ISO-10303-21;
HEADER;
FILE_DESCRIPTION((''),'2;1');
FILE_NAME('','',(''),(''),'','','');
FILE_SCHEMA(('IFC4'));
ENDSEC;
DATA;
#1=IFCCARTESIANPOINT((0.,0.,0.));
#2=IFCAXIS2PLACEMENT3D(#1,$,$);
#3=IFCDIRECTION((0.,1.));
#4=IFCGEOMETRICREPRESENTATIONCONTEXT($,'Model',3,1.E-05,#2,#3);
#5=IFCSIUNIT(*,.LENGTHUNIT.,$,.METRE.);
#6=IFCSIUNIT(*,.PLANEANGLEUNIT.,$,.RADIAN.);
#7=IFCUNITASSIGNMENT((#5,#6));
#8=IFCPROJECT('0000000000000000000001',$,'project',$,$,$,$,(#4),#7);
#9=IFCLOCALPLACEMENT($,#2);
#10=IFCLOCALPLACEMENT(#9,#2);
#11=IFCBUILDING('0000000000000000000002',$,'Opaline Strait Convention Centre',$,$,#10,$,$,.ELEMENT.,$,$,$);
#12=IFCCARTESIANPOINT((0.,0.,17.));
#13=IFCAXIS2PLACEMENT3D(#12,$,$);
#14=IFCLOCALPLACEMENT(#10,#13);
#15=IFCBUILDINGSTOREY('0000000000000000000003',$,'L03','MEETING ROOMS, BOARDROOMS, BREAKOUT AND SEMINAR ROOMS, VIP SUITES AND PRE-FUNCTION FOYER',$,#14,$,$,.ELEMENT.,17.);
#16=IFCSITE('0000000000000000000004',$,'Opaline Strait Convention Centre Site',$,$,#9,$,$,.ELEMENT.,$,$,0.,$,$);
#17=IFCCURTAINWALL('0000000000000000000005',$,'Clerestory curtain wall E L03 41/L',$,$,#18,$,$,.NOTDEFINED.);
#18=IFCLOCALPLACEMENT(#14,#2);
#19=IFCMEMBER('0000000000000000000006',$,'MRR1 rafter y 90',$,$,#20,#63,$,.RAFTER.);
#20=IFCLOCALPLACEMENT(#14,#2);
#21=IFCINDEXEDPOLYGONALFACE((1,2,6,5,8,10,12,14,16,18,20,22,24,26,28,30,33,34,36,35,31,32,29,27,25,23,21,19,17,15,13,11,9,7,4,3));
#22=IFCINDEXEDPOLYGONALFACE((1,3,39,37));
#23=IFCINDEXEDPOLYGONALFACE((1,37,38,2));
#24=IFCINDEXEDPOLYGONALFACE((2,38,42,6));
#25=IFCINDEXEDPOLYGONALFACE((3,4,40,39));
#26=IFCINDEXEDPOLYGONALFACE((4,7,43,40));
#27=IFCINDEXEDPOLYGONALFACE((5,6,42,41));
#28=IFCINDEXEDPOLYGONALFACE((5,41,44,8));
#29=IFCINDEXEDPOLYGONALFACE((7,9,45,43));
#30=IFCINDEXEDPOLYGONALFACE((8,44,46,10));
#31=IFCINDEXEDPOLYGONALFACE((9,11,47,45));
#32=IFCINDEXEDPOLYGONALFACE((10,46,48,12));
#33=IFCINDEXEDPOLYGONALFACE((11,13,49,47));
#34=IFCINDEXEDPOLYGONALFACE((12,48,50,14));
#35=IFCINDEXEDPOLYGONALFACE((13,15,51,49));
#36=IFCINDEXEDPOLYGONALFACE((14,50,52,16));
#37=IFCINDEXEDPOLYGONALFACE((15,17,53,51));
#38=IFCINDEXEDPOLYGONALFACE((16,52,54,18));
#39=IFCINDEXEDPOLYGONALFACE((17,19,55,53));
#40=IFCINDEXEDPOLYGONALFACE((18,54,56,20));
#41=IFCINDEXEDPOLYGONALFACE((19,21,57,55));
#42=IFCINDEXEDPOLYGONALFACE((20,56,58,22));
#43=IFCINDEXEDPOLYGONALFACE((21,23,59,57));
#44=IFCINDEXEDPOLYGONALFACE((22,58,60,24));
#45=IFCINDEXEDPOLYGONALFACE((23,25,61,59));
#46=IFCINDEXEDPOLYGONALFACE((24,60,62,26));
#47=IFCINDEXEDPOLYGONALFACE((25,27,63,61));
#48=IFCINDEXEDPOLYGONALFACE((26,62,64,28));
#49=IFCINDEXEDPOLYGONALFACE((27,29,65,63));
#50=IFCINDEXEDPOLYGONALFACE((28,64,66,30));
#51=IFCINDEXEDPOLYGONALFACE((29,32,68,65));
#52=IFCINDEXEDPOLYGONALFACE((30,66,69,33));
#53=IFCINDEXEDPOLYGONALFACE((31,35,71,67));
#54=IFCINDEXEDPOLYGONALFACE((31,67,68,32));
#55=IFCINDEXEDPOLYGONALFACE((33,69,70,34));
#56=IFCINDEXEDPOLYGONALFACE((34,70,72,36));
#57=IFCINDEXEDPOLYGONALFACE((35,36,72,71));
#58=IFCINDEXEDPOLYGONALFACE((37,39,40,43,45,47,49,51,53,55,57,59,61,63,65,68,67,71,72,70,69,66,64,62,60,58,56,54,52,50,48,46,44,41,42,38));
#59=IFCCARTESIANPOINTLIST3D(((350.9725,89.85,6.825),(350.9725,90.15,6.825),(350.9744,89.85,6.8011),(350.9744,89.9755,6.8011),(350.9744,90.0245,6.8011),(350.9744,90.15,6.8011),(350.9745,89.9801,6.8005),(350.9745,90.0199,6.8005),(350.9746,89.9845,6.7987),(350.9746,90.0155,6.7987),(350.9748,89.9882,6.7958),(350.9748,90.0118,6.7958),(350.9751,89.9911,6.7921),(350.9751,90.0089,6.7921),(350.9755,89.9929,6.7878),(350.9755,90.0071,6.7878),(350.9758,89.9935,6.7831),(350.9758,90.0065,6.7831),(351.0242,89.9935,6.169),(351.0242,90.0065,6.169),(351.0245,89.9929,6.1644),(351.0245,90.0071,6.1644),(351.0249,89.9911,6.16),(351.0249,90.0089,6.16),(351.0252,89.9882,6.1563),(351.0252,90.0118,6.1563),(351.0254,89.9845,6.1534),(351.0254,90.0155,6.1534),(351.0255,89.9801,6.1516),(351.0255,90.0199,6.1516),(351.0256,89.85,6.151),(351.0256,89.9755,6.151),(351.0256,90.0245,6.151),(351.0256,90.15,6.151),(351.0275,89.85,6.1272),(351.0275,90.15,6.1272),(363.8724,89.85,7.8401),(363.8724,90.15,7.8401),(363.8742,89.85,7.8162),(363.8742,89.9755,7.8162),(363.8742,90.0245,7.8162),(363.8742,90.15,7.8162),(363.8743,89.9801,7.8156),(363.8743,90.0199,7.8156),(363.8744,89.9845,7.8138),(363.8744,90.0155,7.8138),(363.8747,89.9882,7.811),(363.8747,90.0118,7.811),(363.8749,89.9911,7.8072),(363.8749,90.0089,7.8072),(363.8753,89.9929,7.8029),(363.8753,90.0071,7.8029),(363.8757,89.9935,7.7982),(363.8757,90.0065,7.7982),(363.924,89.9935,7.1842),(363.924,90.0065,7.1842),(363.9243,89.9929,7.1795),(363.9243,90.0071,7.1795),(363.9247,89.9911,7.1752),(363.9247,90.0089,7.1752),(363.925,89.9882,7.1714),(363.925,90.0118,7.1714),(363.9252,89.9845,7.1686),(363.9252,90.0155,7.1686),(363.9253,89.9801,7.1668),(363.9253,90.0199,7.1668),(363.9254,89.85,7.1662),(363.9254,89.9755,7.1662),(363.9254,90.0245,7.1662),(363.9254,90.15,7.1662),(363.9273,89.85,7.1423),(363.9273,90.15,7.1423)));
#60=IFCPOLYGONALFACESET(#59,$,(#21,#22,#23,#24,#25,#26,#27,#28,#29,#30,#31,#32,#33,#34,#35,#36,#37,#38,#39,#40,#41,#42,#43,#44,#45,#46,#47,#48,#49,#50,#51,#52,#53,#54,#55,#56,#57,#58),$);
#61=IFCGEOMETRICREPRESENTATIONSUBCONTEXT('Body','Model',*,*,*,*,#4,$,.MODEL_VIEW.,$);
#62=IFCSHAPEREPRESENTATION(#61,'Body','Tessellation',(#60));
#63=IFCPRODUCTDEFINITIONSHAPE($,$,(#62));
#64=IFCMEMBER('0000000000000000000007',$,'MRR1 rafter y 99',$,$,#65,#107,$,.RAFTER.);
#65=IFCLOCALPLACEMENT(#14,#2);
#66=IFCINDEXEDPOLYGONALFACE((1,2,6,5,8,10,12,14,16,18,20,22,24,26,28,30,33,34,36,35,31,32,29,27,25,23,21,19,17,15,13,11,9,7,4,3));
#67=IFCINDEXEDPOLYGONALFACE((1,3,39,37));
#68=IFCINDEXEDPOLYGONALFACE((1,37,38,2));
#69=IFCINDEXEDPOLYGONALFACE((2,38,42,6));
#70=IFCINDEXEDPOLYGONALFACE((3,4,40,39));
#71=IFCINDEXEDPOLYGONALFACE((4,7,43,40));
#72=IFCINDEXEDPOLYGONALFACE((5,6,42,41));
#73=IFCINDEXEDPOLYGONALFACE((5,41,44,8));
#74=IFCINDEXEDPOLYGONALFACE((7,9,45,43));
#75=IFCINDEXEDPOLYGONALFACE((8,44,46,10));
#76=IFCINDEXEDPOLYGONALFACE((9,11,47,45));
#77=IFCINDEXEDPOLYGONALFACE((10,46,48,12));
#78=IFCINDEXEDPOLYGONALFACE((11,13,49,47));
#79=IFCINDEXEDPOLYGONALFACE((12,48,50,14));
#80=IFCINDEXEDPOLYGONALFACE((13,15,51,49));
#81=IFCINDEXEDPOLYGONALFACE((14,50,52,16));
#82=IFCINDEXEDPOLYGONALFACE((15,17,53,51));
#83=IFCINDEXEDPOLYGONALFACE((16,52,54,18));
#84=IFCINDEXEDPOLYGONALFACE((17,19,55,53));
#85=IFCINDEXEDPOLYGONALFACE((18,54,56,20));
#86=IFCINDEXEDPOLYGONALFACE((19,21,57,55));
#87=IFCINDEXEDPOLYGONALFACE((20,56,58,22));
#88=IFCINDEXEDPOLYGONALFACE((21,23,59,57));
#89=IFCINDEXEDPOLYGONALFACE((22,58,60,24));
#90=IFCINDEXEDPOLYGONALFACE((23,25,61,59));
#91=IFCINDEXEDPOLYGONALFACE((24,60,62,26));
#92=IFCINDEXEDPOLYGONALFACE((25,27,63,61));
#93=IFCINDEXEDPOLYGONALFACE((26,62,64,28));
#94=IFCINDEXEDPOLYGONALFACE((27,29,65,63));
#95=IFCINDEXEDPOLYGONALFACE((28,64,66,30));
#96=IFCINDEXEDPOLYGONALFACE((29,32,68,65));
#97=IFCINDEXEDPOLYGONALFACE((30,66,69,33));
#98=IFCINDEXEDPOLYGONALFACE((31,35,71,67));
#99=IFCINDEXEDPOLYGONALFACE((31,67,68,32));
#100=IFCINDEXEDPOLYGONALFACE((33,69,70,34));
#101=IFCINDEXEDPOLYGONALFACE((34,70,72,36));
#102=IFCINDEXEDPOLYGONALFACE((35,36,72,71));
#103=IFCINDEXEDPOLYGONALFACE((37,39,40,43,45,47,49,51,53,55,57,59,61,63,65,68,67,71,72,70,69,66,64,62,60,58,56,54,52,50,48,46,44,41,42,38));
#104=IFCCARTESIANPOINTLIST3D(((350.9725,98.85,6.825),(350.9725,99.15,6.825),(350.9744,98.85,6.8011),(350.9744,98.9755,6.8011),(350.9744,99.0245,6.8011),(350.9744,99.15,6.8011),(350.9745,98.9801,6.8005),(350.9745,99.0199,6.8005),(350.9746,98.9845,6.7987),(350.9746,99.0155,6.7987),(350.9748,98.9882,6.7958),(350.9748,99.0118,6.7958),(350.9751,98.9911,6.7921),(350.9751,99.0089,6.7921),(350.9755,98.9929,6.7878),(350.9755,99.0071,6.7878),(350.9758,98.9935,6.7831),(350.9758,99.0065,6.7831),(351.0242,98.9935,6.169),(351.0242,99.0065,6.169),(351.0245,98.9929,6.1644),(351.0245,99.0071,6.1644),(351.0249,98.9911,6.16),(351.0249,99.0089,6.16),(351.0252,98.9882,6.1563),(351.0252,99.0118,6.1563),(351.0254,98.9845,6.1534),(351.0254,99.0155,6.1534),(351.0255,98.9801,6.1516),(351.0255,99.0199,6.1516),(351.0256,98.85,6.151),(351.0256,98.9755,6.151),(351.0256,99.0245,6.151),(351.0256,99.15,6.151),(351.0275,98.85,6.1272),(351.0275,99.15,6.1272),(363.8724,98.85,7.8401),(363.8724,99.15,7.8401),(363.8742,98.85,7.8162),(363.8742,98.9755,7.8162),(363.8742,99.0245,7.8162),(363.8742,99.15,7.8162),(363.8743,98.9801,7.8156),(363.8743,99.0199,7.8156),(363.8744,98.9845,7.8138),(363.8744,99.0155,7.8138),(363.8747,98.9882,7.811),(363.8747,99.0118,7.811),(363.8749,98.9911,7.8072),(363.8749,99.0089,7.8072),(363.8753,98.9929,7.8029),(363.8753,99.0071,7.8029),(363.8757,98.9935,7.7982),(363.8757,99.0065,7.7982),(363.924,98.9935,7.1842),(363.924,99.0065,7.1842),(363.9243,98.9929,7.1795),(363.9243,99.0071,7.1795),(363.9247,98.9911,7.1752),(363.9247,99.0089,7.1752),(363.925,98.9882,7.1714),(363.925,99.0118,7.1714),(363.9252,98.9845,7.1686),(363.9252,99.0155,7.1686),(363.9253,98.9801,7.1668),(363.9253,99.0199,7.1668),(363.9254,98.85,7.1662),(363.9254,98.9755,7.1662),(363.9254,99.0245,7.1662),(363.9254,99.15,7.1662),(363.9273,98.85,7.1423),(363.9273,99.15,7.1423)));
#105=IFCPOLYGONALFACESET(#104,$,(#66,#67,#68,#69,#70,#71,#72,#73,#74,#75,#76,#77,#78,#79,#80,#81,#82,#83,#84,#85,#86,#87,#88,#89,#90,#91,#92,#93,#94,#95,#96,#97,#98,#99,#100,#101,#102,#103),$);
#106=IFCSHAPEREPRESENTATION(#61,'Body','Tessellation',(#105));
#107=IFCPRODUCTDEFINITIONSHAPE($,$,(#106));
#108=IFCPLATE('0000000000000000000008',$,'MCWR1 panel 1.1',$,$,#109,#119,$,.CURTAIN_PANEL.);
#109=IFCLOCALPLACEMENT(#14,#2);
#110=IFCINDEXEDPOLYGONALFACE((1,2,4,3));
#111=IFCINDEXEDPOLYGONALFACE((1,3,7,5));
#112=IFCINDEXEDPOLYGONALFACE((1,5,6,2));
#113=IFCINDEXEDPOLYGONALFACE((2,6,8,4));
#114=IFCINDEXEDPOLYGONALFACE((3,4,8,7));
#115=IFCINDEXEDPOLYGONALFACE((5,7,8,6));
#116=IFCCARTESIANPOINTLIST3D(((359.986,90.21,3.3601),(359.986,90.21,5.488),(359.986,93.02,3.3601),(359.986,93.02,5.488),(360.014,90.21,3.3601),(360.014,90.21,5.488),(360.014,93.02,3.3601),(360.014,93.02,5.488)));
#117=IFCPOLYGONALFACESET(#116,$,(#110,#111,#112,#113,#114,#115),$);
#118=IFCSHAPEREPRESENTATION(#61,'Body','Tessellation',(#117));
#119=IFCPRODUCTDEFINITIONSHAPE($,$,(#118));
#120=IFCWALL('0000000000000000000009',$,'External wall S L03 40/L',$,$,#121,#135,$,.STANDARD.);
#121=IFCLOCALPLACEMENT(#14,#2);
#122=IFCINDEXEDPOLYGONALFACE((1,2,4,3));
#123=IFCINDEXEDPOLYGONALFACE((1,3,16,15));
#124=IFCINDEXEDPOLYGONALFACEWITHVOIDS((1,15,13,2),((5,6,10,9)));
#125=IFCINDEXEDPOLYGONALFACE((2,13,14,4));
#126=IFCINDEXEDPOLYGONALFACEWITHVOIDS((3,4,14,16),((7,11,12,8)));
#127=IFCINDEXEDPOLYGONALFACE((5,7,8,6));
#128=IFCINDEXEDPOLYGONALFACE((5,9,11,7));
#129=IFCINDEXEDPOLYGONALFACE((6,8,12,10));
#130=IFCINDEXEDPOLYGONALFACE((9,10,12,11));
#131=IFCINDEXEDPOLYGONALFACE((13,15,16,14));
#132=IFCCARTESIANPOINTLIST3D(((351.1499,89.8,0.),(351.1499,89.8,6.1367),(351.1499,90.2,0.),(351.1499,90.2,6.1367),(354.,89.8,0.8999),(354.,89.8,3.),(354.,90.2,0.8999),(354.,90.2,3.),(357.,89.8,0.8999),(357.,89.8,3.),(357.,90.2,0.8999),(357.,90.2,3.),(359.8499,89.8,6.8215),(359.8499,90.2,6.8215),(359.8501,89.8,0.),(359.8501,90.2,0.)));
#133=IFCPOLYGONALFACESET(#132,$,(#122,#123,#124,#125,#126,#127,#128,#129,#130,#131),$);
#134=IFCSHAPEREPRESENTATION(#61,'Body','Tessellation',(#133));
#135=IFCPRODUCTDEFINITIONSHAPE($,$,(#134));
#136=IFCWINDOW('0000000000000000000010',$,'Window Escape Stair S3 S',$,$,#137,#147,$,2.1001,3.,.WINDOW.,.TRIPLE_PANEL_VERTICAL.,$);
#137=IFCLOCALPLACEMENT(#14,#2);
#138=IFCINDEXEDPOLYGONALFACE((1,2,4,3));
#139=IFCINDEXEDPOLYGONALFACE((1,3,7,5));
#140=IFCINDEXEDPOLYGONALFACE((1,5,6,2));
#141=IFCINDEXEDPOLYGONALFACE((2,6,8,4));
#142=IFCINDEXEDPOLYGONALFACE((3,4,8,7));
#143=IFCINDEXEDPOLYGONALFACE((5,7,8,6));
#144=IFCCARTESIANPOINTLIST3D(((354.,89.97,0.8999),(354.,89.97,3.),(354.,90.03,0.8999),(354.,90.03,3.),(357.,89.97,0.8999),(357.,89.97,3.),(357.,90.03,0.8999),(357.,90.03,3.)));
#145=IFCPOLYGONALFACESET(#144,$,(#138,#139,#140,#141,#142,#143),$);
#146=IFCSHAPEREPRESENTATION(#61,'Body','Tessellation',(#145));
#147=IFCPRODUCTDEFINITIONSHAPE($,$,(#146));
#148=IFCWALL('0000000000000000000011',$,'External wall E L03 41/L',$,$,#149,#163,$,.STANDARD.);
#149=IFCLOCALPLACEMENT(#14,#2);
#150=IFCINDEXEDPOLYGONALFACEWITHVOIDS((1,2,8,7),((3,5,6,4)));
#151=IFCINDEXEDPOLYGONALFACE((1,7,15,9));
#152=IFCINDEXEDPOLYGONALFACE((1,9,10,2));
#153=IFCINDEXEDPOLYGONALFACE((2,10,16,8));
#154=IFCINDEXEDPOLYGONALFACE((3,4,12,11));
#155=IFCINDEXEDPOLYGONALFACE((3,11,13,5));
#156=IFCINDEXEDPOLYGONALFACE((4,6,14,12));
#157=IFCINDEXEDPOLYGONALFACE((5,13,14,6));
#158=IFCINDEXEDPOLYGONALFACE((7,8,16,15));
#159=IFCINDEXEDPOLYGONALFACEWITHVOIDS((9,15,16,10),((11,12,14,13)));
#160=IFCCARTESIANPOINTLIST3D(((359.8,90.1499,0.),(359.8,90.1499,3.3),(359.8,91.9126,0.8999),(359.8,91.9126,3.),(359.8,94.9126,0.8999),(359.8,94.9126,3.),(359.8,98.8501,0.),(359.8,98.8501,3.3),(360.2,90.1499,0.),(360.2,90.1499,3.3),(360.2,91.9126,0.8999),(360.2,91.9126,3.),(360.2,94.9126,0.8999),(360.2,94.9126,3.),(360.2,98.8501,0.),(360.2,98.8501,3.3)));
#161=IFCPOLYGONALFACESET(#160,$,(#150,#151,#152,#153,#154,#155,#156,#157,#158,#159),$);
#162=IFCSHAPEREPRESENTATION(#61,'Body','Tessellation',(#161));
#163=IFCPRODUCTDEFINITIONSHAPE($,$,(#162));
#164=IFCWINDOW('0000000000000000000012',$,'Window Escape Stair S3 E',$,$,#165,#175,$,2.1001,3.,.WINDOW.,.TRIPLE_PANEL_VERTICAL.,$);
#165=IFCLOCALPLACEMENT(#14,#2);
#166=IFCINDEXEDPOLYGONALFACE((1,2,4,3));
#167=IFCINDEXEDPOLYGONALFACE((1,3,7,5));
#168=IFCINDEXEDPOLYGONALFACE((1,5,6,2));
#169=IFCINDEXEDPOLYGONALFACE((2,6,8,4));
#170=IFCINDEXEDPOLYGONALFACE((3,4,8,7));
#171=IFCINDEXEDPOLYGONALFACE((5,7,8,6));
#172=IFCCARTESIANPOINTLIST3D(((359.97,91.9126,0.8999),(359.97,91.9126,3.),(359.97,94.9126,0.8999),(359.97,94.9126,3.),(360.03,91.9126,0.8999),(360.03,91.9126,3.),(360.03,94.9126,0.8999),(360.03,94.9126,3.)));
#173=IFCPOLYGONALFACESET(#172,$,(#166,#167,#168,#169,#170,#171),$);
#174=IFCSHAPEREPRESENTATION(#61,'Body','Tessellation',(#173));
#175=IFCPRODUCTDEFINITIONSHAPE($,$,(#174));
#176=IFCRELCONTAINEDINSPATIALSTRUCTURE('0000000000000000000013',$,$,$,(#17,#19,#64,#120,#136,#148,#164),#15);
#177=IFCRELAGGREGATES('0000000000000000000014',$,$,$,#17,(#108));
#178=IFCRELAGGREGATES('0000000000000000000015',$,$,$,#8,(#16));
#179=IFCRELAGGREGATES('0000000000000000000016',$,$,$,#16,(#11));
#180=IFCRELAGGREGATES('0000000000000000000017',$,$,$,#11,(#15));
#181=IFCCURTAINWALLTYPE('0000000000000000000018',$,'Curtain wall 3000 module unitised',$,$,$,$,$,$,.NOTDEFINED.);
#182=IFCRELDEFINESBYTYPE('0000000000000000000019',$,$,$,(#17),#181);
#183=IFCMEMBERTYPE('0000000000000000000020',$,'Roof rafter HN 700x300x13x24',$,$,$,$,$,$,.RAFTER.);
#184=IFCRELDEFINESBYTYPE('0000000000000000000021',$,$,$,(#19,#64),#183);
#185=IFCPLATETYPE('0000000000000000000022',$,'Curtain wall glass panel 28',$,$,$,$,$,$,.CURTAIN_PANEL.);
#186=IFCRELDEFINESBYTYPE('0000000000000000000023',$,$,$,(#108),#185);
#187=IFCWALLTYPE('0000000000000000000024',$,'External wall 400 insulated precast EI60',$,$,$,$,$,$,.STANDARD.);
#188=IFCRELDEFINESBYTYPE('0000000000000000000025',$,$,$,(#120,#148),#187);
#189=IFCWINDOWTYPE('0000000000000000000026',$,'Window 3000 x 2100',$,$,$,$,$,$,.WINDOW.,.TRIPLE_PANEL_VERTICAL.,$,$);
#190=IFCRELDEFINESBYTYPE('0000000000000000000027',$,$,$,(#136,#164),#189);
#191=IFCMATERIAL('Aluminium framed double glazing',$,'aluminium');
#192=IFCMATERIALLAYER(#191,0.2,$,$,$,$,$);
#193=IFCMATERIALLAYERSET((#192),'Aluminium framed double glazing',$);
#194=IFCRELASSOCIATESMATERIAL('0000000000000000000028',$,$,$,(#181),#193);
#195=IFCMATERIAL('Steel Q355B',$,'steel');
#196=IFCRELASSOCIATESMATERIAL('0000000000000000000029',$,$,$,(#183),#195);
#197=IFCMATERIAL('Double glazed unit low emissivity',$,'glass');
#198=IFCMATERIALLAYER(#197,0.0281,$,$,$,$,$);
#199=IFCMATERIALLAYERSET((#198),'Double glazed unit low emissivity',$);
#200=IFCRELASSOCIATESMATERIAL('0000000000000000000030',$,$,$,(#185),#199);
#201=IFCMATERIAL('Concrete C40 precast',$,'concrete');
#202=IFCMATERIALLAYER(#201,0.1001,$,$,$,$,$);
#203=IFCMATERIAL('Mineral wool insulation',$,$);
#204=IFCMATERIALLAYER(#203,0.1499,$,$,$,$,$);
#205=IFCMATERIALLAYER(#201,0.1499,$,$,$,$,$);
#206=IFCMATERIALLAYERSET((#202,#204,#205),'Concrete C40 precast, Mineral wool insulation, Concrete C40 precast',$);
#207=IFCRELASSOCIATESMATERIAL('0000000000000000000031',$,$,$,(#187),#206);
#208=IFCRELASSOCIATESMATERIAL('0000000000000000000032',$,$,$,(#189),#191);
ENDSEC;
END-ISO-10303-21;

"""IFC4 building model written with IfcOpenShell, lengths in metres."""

from ifc_helpers import new_model, si_unit, direction, frame, frame_2d, origin, origin_2d, place, context, subcontext, project, spatial, polyline, rectangle, i_section, outline, extrude, material, layer, layer_set, material_profile, profile_set, type_object, element, fill, aggregate, save


model = new_model("IFC4")

# Units and contexts
model_context = context("Model", 3, precision=1e-05, world=origin(), true_north=direction((0.0, 1.0)))
body_context = subcontext(model_context, "Body", "Model", "MODEL_VIEW")
ifc_project = project(units=[si_unit("LENGTHUNIT", "METRE"), si_unit("PLANEANGLEUNIT", "RADIAN")], contexts=[model_context])

# Site, building, storey
site_placement = place(None, origin())
site = spatial("IfcSite", under=ifc_project, at=site_placement, Name="Opaline Strait Convention Centre Site", CompositionType="ELEMENT", RefElevation=0.0)
building_placement = place(site_placement, origin())
building = spatial("IfcBuilding", under=site, at=building_placement, Name="Opaline Strait Convention Centre", CompositionType="ELEMENT")
storey_placement = place(building_placement, frame((0.0, 0.0, 17.0)))
storey = spatial("IfcBuildingStorey", under=building, at=storey_placement, Name="L03", Description="MEETING ROOMS, BOARDROOMS, BREAKOUT AND SEMINAR ROOMS, VIP SUITES AND PRE-FUNCTION FOYER", CompositionType="ELEMENT", Elevation=17.0)

# Shared definitions
ifc_material_1 = material(Name="Steel Q355B", Category="steel")

# Curtain wall
ifc_material_2 = material(Name="Aluminium framed double glazing", Category="aluminium")
ifc_layer_1 = layer(ifc_material_2, 0.2)
ifc_layer_set_1 = layer_set([ifc_layer_1], Name="Aluminium framed double glazing")
curtain_wall_type = type_object("IfcCurtainWallType", Name="Curtain wall 3000 module unitised", PredefinedType="NOTDEFINED", material=ifc_layer_set_1)
curtain_wall_placement = place(storey_placement, origin())
curtain_wall = element("IfcCurtainWall", 1, at=curtain_wall_placement, inside=storey, type_object=curtain_wall_type, Name="Clerestory curtain wall E L03 41/L", PredefinedType="NOTDEFINED")

# Members
ifc_material_profile_1 = material_profile(ifc_material_1, i_section(OverallWidth=0.3, OverallDepth=0.7, WebThickness=0.0129, FlangeThickness=0.0239, FilletRadius=0.0181, at=origin_2d()), Name="HN 700x300x13x24")
ifc_profile_set_1 = profile_set([ifc_material_profile_1], Name="Steel Q355B")
member_type_1 = type_object("IfcMemberType", Name="Roof rafter HN 700x300x13x24", PredefinedType="RAFTER", material=ifc_profile_set_1)
for number, where, z_axis, x_axis, name in (
    (2, (351.0, 90.0, 6.4761), (0.996918, 0.0, 0.078451), (0.0, 1.0, 0.0), "MRR1 rafter y 90"),
    (3, (351.0, 99.0, 6.4761), (0.996918, 0.0, 0.078451), (0.0, 1.0, 0.0), "MRR1 rafter y 99"),
):
    element("IfcMember", number, at=place(storey_placement, frame(where, z_axis=z_axis, x_axis=x_axis)), inside=storey, type_object=member_type_1, Name=name, PredefinedType="RAFTER", context=body_context, shape_type="SweptSolid", body=[
        extrude(i_section(OverallWidth=0.3, OverallDepth=0.7, WebThickness=0.0129, FlangeThickness=0.0239, FilletRadius=0.0181, at=origin_2d()), origin(), (0.0, 0.0, 1.0), 12.9397),
    ])

# Plate
ifc_material_3 = material(Name="Double glazed unit low emissivity", Category="glass")
ifc_layer_2 = layer(ifc_material_3, 0.0281)
ifc_layer_set_2 = layer_set([ifc_layer_2], Name="Double glazed unit low emissivity")
plate_type = type_object("IfcPlateType", Name="Curtain wall glass panel 28", PredefinedType="CURTAIN_PANEL", material=ifc_layer_set_2)
plate_placement = place(storey_placement, frame((360.0, 91.615, 3.3601), z_axis=(0.0, 0.0, 1.0), x_axis=(0.0, 1.0, 0.0)))
plate = element("IfcPlate", 4, at=plate_placement, type_object=plate_type, Name="MCWR1 panel 1.1", PredefinedType="CURTAIN_PANEL", context=body_context, shape_type="SweptSolid", body=[
    extrude(rectangle(XDim=2.8101, YDim=0.0281, at=origin_2d()), origin(), (0.0, 0.0, 1.0), 2.1279),
])
aggregate(curtain_wall, [plate])

# Walls, openings, windows
ifc_material_4 = material(Name="Concrete C40 precast", Category="concrete")
ifc_layer_3 = layer(ifc_material_4, 0.1001)
ifc_material_5 = material(Name="Mineral wool insulation")
ifc_layer_4 = layer(ifc_material_5, 0.1499)
ifc_layer_5 = layer(ifc_material_4, 0.1499)
ifc_layer_set_3 = layer_set([ifc_layer_3, ifc_layer_4, ifc_layer_5], Name="Concrete C40 precast, Mineral wool insulation, Concrete C40 precast")
wall_type_1 = type_object("IfcWallType", Name="External wall 400 insulated precast EI60", PredefinedType="STANDARD", material=ifc_layer_set_3)
wall_1_placement = place(storey_placement, frame((351.1499, 90.0, 0.0), z_axis=(0.0, 0.0, 1.0), x_axis=(1.0, 0.0, 0.0)))
wall_1 = element("IfcWall", 5, at=wall_1_placement, inside=storey, type_object=wall_type_1, Name="External wall S L03 40/L", PredefinedType="STANDARD", context=body_context, shape_type="SweptSolid", body=[
    extrude(outline(polyline([(0.0, 0.0), (8.7002, 0.0), (8.7, 6.8215), (0.0, 6.1367), (0.0, 0.0)])), frame((0.0, 0.2, 0.0), z_axis=(0.0, -1.0, 0.0), x_axis=(1.0, 0.0, 0.0)), (0.0, 0.0, 1.0), 0.3999),
])
opening_1_placement = place(wall_1_placement, frame((2.8501, 0.0, 0.8999)))
opening_1 = element("IfcOpeningElement", 6, at=opening_1_placement, cuts=wall_1, PredefinedType="OPENING", context=body_context, shape_type="SweptSolid", body=[
    extrude(rectangle(XDim=3.0, YDim=2.1001, at=frame_2d((1.5, 1.05))), frame((0.0, 0.21, 0.0), z_axis=(0.0, -1.0, 0.0), x_axis=(1.0, 0.0, 0.0)), (0.0, 0.0, 1.0), 0.4199),
])
window_type = type_object("IfcWindowType", Name="Window 3000 x 2100", PartitioningType="TRIPLE_PANEL_VERTICAL", PredefinedType="WINDOW", material=ifc_material_2)
window_1_placement = place(opening_1_placement, origin())
window_1 = element("IfcWindow", 7, at=window_1_placement, inside=storey, type_object=window_type, Name="Window Escape Stair S3 S", OverallHeight=2.1001, OverallWidth=3.0, PartitioningType="TRIPLE_PANEL_VERTICAL", PredefinedType="WINDOW", context=body_context, shape_type="SweptSolid", body=[
    extrude(rectangle(XDim=3.0, YDim=2.1001, at=frame_2d((1.5, 1.05))), frame((0.0, 0.03, 0.0), z_axis=(0.0, -1.0, 0.0), x_axis=(1.0, 0.0, 0.0)), (0.0, 0.0, 1.0), 0.0601),
])
fill(opening_1, window_1)
wall_2_placement = place(storey_placement, frame((360.0, 90.1499, 0.0), z_axis=(0.0, 0.0, 1.0), x_axis=(0.0, 1.0, 0.0)))
wall_2 = element("IfcWall", 8, at=wall_2_placement, inside=storey, type_object=wall_type_1, Name="External wall E L03 41/L", PredefinedType="STANDARD", context=body_context, shape_type="SweptSolid", body=[
    extrude(rectangle(XDim=8.7002, YDim=0.3999, at=frame_2d((4.3501, 0.0))), origin(), (0.0, 0.0, 1.0), 3.3),
])
opening_2_placement = place(wall_2_placement, frame((1.7627, 0.0, 0.8999)))
opening_2 = element("IfcOpeningElement", 9, at=opening_2_placement, cuts=wall_2, PredefinedType="OPENING", context=body_context, shape_type="SweptSolid", body=[
    extrude(rectangle(XDim=3.0, YDim=2.1001, at=frame_2d((1.5, 1.05))), frame((0.0, 0.21, 0.0), z_axis=(0.0, -1.0, 0.0), x_axis=(1.0, 0.0, 0.0)), (0.0, 0.0, 1.0), 0.4199),
])
window_2_placement = place(opening_2_placement, origin())
window_2 = element("IfcWindow", 10, at=window_2_placement, inside=storey, type_object=window_type, Name="Window Escape Stair S3 E", OverallHeight=2.1001, OverallWidth=3.0, PartitioningType="TRIPLE_PANEL_VERTICAL", PredefinedType="WINDOW", context=body_context, shape_type="SweptSolid", body=[
    extrude(rectangle(XDim=3.0, YDim=2.1001, at=frame_2d((1.5, 1.05))), frame((0.0, 0.03, 0.0), z_axis=(0.0, -1.0, 0.0), x_axis=(1.0, 0.0, 0.0)), (0.0, 0.0, 1.0), 0.0601),
])
fill(opening_2, window_2)

save(model, "model.ifc")
